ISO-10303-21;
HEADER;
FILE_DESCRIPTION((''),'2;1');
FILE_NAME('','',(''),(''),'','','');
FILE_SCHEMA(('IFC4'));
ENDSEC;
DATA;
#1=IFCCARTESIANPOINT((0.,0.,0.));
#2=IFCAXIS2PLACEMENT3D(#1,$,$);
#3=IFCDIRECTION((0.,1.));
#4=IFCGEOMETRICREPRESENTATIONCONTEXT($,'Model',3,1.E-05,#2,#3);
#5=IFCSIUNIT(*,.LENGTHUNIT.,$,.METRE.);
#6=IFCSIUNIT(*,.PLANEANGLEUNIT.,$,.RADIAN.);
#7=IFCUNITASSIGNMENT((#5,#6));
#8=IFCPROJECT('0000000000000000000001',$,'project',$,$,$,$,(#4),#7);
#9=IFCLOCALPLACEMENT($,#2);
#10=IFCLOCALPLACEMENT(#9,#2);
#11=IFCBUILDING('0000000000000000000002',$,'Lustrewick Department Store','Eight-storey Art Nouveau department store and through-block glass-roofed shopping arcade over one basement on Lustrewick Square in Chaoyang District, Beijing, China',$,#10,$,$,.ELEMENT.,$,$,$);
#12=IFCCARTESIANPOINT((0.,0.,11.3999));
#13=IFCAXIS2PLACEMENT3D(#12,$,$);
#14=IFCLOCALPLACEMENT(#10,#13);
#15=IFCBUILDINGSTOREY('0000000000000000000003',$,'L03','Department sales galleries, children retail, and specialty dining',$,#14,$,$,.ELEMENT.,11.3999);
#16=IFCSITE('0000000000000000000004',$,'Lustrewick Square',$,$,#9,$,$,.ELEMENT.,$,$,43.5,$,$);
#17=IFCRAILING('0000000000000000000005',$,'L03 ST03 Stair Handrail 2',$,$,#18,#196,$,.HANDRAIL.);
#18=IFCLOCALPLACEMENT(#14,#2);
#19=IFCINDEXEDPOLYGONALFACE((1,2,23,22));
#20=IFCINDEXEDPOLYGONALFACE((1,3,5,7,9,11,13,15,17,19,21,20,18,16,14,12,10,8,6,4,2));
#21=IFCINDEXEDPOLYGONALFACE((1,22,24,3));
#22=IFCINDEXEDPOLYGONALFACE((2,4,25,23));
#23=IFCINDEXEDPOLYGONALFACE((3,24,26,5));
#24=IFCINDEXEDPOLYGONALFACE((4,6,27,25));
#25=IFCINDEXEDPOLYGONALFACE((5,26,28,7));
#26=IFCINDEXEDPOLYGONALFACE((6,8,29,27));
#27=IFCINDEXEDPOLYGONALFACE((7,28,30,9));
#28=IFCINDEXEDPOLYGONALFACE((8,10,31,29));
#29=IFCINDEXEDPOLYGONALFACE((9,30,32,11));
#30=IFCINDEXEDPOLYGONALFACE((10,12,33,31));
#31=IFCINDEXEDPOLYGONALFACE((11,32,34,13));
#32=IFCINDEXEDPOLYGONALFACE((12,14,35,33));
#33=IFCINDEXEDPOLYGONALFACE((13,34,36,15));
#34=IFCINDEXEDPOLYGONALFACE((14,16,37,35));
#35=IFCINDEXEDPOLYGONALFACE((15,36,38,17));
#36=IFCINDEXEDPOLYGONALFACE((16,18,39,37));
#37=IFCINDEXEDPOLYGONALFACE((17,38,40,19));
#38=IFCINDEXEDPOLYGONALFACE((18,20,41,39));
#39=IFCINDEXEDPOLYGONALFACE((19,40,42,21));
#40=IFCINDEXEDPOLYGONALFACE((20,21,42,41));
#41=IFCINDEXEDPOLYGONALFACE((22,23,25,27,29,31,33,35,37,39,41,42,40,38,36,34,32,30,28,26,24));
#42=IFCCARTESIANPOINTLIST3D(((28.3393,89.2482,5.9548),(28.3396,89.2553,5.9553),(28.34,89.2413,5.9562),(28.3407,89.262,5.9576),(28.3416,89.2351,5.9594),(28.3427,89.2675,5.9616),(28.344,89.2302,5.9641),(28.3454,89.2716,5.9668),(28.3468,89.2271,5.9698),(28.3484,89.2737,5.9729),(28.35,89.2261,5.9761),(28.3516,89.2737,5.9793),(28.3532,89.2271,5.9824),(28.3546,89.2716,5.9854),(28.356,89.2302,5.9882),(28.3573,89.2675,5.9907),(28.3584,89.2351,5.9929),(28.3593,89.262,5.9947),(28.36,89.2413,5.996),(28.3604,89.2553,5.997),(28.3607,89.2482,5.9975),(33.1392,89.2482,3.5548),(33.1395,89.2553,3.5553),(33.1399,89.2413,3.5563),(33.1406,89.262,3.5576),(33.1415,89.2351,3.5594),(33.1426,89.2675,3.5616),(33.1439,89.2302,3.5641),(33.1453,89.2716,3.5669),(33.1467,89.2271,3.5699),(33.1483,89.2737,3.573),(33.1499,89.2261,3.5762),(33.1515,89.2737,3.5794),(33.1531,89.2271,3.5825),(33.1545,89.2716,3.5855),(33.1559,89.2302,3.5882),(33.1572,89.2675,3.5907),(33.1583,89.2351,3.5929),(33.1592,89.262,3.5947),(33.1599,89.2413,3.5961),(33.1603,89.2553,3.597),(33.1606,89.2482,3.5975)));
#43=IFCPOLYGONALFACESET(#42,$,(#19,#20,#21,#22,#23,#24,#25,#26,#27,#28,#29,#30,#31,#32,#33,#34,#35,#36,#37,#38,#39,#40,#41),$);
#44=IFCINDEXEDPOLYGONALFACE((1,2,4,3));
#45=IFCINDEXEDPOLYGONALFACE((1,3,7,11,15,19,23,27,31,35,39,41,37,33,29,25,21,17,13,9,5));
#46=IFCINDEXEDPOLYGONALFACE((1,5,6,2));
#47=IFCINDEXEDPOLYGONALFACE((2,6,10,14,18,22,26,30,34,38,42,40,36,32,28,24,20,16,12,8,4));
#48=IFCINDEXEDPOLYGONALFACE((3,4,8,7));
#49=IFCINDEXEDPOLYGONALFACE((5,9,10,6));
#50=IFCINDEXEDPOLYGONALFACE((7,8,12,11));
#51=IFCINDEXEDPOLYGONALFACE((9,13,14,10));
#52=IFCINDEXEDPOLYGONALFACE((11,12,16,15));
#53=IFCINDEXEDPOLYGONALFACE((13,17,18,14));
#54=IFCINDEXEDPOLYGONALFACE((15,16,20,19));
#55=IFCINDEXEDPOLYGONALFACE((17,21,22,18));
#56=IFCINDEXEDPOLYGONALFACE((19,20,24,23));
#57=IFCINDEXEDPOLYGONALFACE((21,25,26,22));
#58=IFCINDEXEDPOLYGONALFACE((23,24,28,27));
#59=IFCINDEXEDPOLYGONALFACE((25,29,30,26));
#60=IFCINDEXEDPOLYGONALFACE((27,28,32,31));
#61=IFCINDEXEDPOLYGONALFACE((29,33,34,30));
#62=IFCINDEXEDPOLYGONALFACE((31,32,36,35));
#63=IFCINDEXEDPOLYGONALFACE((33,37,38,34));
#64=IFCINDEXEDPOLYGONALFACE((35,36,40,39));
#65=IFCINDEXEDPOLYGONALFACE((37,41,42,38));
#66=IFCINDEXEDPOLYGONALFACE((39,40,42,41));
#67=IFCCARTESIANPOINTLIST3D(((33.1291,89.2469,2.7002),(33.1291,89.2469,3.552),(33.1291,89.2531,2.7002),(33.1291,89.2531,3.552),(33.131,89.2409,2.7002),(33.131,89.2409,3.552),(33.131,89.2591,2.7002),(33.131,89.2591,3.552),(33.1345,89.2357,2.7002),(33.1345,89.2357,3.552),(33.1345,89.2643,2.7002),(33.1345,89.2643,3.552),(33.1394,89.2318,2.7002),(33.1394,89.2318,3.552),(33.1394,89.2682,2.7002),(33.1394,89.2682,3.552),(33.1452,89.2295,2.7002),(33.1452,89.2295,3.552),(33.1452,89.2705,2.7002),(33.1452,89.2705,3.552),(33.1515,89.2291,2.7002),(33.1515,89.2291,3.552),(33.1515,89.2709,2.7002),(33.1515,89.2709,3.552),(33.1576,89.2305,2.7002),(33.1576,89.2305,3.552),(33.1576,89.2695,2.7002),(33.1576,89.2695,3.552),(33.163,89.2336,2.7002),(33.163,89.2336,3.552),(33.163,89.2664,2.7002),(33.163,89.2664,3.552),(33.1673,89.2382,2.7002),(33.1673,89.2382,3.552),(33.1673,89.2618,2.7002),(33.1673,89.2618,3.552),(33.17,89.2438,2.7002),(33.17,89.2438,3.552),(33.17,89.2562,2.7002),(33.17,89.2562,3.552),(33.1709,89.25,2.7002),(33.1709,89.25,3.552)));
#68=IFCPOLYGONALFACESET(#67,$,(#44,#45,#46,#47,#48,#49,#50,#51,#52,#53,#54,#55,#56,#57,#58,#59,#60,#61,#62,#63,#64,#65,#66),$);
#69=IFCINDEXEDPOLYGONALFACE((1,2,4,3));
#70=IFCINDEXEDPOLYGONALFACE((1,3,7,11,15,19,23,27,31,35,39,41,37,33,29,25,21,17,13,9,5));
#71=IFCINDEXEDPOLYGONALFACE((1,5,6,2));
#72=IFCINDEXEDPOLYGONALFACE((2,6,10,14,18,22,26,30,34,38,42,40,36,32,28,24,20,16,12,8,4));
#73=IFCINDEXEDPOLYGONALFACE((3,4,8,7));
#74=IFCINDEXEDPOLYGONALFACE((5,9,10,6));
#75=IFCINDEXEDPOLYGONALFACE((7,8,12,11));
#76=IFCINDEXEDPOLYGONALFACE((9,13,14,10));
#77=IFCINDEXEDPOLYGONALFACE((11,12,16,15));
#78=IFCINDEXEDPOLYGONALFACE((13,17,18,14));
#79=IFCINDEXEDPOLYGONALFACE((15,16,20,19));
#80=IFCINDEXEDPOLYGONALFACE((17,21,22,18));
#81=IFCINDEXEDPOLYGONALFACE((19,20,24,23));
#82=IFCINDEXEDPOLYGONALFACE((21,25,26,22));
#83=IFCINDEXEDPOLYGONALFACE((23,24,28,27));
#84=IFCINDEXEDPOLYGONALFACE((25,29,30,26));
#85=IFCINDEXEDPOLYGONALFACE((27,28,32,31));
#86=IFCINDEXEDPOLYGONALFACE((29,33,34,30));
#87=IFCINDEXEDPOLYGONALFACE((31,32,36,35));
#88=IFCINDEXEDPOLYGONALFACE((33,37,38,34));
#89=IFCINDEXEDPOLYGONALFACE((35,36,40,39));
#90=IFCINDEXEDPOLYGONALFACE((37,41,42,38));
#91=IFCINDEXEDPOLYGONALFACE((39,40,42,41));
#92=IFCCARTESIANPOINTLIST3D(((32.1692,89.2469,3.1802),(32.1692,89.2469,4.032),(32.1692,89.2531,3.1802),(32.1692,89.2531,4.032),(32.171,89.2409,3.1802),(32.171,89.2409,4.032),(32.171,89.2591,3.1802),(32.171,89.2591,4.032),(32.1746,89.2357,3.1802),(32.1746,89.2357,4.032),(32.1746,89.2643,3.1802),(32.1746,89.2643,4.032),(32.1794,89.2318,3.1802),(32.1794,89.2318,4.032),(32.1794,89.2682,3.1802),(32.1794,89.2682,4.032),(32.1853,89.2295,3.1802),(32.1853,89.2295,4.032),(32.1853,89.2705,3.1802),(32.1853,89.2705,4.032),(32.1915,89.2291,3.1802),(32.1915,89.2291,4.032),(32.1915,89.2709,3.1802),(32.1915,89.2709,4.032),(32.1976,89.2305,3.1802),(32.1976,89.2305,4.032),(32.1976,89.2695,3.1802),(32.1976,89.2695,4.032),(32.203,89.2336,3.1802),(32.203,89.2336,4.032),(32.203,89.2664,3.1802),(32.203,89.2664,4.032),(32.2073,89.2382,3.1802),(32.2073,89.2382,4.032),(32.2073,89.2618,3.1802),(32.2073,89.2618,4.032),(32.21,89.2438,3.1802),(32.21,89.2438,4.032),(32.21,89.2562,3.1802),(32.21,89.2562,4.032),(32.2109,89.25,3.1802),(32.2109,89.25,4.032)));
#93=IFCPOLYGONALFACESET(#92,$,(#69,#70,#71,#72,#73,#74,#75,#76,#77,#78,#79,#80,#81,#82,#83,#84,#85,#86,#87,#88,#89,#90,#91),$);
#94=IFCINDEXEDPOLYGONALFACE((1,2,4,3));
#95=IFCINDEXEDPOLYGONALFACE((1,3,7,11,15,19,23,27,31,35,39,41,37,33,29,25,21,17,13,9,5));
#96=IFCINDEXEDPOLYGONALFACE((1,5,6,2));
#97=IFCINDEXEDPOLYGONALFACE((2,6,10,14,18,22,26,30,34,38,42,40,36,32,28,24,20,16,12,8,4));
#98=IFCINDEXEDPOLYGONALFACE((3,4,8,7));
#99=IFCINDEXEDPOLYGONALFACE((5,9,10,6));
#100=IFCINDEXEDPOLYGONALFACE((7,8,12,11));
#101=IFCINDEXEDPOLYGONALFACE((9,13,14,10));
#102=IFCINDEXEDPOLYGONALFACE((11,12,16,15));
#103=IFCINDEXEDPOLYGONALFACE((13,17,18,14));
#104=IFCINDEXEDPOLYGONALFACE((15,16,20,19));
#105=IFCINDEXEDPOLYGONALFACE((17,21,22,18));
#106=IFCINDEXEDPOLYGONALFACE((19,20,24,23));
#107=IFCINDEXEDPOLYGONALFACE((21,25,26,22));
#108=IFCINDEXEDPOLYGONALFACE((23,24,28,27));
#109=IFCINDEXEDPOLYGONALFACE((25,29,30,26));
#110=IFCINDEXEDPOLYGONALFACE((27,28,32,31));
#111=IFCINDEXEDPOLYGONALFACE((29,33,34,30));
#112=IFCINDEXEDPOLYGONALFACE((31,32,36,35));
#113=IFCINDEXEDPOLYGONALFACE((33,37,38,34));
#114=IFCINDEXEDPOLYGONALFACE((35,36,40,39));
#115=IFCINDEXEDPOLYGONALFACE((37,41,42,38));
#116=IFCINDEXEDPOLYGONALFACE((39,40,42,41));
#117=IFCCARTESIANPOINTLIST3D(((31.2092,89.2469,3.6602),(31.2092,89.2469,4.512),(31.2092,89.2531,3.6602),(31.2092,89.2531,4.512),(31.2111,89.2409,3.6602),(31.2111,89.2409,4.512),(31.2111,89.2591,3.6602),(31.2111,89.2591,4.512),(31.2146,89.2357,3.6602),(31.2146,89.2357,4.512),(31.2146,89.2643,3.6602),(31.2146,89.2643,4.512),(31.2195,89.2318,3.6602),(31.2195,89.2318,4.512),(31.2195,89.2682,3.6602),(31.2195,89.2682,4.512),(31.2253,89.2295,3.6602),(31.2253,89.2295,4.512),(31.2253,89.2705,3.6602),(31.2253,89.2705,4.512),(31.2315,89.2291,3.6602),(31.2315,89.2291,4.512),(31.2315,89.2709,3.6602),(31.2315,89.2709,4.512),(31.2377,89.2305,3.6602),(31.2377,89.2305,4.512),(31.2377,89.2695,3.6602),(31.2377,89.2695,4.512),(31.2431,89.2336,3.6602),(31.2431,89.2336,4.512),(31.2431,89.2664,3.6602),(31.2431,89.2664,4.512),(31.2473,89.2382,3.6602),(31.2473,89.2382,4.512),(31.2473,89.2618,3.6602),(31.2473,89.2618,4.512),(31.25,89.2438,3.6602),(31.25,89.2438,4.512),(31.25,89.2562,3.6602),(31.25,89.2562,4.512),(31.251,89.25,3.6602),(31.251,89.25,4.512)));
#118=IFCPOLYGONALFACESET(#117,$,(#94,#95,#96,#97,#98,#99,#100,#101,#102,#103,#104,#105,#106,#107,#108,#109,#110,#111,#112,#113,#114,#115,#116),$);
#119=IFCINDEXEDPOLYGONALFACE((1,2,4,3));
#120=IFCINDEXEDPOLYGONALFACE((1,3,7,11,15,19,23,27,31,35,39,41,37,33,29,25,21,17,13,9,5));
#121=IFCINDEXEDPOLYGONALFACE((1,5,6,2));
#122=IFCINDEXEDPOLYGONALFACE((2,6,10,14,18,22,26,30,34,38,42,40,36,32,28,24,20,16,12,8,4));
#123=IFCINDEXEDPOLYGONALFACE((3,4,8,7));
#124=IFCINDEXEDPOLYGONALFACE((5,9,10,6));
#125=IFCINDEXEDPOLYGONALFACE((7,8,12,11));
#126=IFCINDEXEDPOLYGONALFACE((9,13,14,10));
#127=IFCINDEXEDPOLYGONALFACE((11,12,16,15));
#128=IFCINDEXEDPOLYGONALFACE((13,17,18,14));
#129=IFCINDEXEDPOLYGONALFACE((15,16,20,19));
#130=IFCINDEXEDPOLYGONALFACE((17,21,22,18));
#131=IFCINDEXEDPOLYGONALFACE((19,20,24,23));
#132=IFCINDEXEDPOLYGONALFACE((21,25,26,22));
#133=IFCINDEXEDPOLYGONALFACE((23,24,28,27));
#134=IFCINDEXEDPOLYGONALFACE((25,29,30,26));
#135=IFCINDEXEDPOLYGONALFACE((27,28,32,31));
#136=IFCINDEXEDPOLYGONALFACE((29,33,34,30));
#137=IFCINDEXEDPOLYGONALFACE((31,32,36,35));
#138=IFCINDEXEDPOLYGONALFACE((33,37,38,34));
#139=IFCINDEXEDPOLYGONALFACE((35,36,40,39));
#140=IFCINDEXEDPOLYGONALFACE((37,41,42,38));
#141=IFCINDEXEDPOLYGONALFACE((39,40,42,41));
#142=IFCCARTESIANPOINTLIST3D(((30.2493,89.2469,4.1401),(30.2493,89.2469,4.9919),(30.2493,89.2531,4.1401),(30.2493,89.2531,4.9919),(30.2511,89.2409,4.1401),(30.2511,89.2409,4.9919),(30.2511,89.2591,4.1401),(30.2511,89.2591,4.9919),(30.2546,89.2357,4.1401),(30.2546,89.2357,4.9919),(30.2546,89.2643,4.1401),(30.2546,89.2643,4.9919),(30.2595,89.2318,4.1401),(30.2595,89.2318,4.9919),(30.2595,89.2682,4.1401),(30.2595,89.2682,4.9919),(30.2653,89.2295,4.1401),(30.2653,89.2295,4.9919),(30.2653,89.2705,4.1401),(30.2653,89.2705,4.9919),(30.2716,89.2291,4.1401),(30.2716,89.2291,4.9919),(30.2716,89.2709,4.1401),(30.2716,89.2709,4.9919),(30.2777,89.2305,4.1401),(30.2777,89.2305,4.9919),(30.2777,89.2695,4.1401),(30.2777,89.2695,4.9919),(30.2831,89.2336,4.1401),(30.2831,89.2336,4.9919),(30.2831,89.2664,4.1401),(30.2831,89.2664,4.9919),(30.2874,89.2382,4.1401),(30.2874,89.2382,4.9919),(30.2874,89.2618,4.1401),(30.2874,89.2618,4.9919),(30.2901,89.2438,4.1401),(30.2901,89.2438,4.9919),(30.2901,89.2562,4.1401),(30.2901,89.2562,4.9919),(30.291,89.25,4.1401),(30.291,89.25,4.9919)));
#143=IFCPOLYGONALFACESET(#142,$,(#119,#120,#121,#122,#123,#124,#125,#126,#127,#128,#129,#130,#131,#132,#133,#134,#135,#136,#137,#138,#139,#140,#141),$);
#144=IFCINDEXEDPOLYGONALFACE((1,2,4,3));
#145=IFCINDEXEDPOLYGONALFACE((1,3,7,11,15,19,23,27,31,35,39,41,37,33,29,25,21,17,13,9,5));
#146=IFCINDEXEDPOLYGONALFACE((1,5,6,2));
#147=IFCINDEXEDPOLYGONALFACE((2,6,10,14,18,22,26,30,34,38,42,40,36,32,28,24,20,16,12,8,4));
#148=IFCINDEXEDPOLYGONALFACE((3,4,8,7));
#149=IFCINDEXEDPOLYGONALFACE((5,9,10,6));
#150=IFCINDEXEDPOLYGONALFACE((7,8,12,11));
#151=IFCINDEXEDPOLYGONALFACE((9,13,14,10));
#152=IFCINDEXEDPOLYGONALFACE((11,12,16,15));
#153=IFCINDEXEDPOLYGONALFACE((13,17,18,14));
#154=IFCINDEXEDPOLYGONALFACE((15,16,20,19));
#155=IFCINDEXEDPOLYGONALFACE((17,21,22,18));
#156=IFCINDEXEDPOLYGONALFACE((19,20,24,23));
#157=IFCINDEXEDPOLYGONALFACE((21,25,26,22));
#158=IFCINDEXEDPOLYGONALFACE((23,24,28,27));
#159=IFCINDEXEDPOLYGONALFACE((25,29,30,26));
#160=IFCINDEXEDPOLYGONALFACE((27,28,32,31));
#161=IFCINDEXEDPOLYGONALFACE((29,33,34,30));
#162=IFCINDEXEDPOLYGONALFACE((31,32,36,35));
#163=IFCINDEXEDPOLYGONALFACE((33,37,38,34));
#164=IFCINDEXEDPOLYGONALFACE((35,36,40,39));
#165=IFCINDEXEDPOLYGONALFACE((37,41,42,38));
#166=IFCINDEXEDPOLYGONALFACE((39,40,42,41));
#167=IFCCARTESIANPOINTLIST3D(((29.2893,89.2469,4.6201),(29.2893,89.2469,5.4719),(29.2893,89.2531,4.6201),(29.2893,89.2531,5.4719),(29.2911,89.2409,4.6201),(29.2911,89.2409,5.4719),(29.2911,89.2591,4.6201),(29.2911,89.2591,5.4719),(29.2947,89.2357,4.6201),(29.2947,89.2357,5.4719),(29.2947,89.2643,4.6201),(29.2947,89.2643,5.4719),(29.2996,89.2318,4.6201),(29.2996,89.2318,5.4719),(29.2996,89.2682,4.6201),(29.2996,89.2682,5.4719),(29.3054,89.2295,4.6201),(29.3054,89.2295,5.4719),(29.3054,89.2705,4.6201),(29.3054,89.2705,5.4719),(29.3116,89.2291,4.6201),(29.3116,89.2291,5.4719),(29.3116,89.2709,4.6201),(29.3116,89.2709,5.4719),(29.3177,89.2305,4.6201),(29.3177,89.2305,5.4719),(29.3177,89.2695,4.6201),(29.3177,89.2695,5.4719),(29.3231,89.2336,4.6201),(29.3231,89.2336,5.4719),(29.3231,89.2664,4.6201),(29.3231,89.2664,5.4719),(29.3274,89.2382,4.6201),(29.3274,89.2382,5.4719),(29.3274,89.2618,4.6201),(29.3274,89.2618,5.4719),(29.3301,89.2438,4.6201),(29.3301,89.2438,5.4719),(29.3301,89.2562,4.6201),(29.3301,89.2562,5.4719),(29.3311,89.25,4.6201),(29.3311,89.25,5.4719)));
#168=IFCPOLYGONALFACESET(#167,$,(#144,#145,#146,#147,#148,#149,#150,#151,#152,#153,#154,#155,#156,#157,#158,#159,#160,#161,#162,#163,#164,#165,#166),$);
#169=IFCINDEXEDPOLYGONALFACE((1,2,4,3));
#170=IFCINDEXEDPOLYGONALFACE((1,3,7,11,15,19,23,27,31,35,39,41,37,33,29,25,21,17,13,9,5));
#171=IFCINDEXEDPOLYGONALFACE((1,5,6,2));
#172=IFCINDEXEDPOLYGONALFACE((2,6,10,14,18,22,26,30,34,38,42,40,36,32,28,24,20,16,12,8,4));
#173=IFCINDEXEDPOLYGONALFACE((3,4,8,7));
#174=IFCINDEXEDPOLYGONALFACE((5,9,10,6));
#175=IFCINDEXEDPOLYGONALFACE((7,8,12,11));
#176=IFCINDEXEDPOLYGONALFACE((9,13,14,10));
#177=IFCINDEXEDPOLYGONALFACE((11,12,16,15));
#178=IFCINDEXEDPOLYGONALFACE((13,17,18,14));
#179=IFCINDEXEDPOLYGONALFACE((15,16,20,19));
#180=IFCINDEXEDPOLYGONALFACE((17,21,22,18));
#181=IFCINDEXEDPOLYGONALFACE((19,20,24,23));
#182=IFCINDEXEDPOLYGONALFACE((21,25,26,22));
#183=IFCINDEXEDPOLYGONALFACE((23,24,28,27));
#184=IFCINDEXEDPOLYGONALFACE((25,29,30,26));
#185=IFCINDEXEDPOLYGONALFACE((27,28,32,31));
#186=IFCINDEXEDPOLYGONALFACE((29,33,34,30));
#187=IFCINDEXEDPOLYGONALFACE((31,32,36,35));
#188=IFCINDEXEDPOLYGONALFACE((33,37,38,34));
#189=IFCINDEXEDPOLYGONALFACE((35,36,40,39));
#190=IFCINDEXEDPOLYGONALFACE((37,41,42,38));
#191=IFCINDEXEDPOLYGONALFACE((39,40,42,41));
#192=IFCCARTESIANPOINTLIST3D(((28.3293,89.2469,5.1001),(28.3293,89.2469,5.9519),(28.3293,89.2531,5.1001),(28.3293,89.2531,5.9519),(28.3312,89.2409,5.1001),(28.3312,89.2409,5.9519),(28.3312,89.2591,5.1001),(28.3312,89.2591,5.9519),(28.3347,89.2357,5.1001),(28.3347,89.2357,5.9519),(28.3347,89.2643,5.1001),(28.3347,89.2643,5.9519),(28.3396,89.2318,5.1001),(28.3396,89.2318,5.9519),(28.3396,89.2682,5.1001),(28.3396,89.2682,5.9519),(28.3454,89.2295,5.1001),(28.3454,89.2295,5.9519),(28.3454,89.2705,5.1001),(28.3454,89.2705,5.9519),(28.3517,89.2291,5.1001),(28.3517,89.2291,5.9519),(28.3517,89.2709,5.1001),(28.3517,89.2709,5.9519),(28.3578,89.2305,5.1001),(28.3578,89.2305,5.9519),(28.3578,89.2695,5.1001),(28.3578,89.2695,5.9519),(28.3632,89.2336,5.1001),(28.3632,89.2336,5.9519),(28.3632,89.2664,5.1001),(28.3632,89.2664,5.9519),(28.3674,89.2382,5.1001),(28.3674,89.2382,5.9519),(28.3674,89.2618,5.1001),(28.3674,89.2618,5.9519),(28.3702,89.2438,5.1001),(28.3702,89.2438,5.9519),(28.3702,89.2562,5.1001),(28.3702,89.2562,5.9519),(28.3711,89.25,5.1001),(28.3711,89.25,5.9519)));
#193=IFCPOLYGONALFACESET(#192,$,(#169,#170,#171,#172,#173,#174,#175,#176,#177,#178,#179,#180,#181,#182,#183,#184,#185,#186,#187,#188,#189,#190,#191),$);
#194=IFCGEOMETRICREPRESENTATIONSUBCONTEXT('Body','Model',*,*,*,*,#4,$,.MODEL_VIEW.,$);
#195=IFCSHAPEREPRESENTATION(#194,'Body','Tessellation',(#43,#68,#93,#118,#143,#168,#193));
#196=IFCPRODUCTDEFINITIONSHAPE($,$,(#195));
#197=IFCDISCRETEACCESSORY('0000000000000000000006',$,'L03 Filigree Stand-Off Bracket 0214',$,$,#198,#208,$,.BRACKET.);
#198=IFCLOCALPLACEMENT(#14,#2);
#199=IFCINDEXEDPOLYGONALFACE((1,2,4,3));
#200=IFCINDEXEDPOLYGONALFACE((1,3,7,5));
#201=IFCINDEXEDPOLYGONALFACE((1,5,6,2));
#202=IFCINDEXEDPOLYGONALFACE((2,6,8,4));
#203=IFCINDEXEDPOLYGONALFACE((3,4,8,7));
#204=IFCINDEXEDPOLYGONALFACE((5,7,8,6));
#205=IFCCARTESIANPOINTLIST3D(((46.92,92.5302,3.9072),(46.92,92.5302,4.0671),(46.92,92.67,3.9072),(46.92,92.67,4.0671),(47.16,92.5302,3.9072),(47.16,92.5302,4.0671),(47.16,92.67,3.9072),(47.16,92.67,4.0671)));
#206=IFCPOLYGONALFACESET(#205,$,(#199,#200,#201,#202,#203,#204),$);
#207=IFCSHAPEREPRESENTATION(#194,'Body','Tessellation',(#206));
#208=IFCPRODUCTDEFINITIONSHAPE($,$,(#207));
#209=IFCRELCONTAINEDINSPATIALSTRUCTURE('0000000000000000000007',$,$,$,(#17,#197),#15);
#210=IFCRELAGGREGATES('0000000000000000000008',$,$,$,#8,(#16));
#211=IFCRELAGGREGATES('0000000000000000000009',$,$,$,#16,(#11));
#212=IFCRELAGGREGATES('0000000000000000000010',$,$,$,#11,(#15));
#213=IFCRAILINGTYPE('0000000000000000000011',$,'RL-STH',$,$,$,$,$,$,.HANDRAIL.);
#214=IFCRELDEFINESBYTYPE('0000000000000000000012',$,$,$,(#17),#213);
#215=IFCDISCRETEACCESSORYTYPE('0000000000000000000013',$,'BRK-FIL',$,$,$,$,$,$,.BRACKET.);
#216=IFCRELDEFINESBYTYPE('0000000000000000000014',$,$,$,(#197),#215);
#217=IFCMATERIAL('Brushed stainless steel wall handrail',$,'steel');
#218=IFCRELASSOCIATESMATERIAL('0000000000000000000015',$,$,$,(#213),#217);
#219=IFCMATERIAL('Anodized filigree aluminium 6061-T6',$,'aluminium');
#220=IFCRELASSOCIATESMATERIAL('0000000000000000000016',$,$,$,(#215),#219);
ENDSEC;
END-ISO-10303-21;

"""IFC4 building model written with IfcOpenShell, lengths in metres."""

from ifc_helpers import new_model, si_unit, direction, frame, origin, origin_2d, place, context, subcontext, project, spatial, rectangle, circle, extrude, material, type_object, element, save


model = new_model("IFC4")

# Units and contexts
model_context = context("Model", 3, precision=1e-05, world=origin(), true_north=direction((0.0, 1.0)))
body_context = subcontext(model_context, "Body", "Model", "MODEL_VIEW")
ifc_project = project(units=[si_unit("LENGTHUNIT", "METRE"), si_unit("PLANEANGLEUNIT", "RADIAN")], contexts=[model_context])

# Site, building, storey
site_placement = place(None, origin())
site = spatial("IfcSite", under=ifc_project, at=site_placement, Name="Lustrewick Square", CompositionType="ELEMENT", RefElevation=43.5)
building_placement = place(site_placement, origin())
building = spatial("IfcBuilding", under=site, at=building_placement, Name="Lustrewick Department Store", Description="Eight-storey Art Nouveau department store and through-block glass-roofed shopping arcade over one basement on Lustrewick Square in Chaoyang District, Beijing, China", CompositionType="ELEMENT")
storey_placement = place(building_placement, frame((0.0, 0.0, 11.3999)))
storey = spatial("IfcBuildingStorey", under=building, at=storey_placement, Name="L03", Description="Department sales galleries, children retail, and specialty dining", CompositionType="ELEMENT", Elevation=11.3999)

# Railing
ifc_material_1 = material(Name="Brushed stainless steel wall handrail", Category="steel")
railing_type_1 = type_object("IfcRailingType", Name="RL-STH", PredefinedType="HANDRAIL", material=ifc_material_1)
railing_1_placement = place(storey_placement, frame((33.1499, 89.25, 2.7002)))
element("IfcRailing", 1, at=railing_1_placement, inside=storey, type_object=railing_type_1, Name="L03 ST03 Stair Handrail 2", PredefinedType="HANDRAIL", context=body_context, shape_type="SweptSolid", body=[
    extrude(circle(Radius=0.0239, at=origin_2d()), frame((0.0, 0.0, 0.876), z_axis=(-0.894427, 0.0, 0.447214), x_axis=(0.0, -1.0, 0.0)), (0.0, 0.0, 1.0), 5.3665),
    extrude(circle(Radius=0.021, at=origin_2d()), origin(), (0.0, 0.0, 1.0), 0.8518),
    extrude(circle(Radius=0.021, at=origin_2d()), frame((-0.96, 0.0, 0.48)), (0.0, 0.0, 1.0), 0.8518),
    extrude(circle(Radius=0.021, at=origin_2d()), frame((-1.9199, 0.0, 0.96)), (0.0, 0.0, 1.0), 0.8518),
    extrude(circle(Radius=0.021, at=origin_2d()), frame((-2.8799, 0.0, 1.4399)), (0.0, 0.0, 1.0), 0.8518),
    extrude(circle(Radius=0.021, at=origin_2d()), frame((-3.8398, 0.0, 1.9199)), (0.0, 0.0, 1.0), 0.8518),
    extrude(circle(Radius=0.021, at=origin_2d()), frame((-4.7998, 0.0, 2.3999)), (0.0, 0.0, 1.0), 0.8518),
])

# Discrete accessory
ifc_material_2 = material(Name="Anodized filigree aluminium 6061-T6", Category="aluminium")
discrete_accessory_type = type_object("IfcDiscreteAccessoryType", Name="BRK-FIL", PredefinedType="BRACKET", material=ifc_material_2)
for number, where, z_axis, x_axis, name in (
    (2, (47.04, 92.6001, 3.9072), (0.0, 0.0, 1.0), (-1.0, 0.0, 0.0), "L03 Filigree Stand-Off Bracket 0214"),
):
    element("IfcDiscreteAccessory", number, at=place(storey_placement, frame(where, z_axis=z_axis, x_axis=x_axis)), inside=storey, type_object=discrete_accessory_type, Name=name, PredefinedType="BRACKET", context=body_context, shape_type="SweptSolid", body=[
        extrude(rectangle(XDim=0.24, YDim=0.1399, at=origin_2d()), origin(), (0.0, 0.0, 1.0), 0.1599),
    ])

save(model, "model.ifc")
